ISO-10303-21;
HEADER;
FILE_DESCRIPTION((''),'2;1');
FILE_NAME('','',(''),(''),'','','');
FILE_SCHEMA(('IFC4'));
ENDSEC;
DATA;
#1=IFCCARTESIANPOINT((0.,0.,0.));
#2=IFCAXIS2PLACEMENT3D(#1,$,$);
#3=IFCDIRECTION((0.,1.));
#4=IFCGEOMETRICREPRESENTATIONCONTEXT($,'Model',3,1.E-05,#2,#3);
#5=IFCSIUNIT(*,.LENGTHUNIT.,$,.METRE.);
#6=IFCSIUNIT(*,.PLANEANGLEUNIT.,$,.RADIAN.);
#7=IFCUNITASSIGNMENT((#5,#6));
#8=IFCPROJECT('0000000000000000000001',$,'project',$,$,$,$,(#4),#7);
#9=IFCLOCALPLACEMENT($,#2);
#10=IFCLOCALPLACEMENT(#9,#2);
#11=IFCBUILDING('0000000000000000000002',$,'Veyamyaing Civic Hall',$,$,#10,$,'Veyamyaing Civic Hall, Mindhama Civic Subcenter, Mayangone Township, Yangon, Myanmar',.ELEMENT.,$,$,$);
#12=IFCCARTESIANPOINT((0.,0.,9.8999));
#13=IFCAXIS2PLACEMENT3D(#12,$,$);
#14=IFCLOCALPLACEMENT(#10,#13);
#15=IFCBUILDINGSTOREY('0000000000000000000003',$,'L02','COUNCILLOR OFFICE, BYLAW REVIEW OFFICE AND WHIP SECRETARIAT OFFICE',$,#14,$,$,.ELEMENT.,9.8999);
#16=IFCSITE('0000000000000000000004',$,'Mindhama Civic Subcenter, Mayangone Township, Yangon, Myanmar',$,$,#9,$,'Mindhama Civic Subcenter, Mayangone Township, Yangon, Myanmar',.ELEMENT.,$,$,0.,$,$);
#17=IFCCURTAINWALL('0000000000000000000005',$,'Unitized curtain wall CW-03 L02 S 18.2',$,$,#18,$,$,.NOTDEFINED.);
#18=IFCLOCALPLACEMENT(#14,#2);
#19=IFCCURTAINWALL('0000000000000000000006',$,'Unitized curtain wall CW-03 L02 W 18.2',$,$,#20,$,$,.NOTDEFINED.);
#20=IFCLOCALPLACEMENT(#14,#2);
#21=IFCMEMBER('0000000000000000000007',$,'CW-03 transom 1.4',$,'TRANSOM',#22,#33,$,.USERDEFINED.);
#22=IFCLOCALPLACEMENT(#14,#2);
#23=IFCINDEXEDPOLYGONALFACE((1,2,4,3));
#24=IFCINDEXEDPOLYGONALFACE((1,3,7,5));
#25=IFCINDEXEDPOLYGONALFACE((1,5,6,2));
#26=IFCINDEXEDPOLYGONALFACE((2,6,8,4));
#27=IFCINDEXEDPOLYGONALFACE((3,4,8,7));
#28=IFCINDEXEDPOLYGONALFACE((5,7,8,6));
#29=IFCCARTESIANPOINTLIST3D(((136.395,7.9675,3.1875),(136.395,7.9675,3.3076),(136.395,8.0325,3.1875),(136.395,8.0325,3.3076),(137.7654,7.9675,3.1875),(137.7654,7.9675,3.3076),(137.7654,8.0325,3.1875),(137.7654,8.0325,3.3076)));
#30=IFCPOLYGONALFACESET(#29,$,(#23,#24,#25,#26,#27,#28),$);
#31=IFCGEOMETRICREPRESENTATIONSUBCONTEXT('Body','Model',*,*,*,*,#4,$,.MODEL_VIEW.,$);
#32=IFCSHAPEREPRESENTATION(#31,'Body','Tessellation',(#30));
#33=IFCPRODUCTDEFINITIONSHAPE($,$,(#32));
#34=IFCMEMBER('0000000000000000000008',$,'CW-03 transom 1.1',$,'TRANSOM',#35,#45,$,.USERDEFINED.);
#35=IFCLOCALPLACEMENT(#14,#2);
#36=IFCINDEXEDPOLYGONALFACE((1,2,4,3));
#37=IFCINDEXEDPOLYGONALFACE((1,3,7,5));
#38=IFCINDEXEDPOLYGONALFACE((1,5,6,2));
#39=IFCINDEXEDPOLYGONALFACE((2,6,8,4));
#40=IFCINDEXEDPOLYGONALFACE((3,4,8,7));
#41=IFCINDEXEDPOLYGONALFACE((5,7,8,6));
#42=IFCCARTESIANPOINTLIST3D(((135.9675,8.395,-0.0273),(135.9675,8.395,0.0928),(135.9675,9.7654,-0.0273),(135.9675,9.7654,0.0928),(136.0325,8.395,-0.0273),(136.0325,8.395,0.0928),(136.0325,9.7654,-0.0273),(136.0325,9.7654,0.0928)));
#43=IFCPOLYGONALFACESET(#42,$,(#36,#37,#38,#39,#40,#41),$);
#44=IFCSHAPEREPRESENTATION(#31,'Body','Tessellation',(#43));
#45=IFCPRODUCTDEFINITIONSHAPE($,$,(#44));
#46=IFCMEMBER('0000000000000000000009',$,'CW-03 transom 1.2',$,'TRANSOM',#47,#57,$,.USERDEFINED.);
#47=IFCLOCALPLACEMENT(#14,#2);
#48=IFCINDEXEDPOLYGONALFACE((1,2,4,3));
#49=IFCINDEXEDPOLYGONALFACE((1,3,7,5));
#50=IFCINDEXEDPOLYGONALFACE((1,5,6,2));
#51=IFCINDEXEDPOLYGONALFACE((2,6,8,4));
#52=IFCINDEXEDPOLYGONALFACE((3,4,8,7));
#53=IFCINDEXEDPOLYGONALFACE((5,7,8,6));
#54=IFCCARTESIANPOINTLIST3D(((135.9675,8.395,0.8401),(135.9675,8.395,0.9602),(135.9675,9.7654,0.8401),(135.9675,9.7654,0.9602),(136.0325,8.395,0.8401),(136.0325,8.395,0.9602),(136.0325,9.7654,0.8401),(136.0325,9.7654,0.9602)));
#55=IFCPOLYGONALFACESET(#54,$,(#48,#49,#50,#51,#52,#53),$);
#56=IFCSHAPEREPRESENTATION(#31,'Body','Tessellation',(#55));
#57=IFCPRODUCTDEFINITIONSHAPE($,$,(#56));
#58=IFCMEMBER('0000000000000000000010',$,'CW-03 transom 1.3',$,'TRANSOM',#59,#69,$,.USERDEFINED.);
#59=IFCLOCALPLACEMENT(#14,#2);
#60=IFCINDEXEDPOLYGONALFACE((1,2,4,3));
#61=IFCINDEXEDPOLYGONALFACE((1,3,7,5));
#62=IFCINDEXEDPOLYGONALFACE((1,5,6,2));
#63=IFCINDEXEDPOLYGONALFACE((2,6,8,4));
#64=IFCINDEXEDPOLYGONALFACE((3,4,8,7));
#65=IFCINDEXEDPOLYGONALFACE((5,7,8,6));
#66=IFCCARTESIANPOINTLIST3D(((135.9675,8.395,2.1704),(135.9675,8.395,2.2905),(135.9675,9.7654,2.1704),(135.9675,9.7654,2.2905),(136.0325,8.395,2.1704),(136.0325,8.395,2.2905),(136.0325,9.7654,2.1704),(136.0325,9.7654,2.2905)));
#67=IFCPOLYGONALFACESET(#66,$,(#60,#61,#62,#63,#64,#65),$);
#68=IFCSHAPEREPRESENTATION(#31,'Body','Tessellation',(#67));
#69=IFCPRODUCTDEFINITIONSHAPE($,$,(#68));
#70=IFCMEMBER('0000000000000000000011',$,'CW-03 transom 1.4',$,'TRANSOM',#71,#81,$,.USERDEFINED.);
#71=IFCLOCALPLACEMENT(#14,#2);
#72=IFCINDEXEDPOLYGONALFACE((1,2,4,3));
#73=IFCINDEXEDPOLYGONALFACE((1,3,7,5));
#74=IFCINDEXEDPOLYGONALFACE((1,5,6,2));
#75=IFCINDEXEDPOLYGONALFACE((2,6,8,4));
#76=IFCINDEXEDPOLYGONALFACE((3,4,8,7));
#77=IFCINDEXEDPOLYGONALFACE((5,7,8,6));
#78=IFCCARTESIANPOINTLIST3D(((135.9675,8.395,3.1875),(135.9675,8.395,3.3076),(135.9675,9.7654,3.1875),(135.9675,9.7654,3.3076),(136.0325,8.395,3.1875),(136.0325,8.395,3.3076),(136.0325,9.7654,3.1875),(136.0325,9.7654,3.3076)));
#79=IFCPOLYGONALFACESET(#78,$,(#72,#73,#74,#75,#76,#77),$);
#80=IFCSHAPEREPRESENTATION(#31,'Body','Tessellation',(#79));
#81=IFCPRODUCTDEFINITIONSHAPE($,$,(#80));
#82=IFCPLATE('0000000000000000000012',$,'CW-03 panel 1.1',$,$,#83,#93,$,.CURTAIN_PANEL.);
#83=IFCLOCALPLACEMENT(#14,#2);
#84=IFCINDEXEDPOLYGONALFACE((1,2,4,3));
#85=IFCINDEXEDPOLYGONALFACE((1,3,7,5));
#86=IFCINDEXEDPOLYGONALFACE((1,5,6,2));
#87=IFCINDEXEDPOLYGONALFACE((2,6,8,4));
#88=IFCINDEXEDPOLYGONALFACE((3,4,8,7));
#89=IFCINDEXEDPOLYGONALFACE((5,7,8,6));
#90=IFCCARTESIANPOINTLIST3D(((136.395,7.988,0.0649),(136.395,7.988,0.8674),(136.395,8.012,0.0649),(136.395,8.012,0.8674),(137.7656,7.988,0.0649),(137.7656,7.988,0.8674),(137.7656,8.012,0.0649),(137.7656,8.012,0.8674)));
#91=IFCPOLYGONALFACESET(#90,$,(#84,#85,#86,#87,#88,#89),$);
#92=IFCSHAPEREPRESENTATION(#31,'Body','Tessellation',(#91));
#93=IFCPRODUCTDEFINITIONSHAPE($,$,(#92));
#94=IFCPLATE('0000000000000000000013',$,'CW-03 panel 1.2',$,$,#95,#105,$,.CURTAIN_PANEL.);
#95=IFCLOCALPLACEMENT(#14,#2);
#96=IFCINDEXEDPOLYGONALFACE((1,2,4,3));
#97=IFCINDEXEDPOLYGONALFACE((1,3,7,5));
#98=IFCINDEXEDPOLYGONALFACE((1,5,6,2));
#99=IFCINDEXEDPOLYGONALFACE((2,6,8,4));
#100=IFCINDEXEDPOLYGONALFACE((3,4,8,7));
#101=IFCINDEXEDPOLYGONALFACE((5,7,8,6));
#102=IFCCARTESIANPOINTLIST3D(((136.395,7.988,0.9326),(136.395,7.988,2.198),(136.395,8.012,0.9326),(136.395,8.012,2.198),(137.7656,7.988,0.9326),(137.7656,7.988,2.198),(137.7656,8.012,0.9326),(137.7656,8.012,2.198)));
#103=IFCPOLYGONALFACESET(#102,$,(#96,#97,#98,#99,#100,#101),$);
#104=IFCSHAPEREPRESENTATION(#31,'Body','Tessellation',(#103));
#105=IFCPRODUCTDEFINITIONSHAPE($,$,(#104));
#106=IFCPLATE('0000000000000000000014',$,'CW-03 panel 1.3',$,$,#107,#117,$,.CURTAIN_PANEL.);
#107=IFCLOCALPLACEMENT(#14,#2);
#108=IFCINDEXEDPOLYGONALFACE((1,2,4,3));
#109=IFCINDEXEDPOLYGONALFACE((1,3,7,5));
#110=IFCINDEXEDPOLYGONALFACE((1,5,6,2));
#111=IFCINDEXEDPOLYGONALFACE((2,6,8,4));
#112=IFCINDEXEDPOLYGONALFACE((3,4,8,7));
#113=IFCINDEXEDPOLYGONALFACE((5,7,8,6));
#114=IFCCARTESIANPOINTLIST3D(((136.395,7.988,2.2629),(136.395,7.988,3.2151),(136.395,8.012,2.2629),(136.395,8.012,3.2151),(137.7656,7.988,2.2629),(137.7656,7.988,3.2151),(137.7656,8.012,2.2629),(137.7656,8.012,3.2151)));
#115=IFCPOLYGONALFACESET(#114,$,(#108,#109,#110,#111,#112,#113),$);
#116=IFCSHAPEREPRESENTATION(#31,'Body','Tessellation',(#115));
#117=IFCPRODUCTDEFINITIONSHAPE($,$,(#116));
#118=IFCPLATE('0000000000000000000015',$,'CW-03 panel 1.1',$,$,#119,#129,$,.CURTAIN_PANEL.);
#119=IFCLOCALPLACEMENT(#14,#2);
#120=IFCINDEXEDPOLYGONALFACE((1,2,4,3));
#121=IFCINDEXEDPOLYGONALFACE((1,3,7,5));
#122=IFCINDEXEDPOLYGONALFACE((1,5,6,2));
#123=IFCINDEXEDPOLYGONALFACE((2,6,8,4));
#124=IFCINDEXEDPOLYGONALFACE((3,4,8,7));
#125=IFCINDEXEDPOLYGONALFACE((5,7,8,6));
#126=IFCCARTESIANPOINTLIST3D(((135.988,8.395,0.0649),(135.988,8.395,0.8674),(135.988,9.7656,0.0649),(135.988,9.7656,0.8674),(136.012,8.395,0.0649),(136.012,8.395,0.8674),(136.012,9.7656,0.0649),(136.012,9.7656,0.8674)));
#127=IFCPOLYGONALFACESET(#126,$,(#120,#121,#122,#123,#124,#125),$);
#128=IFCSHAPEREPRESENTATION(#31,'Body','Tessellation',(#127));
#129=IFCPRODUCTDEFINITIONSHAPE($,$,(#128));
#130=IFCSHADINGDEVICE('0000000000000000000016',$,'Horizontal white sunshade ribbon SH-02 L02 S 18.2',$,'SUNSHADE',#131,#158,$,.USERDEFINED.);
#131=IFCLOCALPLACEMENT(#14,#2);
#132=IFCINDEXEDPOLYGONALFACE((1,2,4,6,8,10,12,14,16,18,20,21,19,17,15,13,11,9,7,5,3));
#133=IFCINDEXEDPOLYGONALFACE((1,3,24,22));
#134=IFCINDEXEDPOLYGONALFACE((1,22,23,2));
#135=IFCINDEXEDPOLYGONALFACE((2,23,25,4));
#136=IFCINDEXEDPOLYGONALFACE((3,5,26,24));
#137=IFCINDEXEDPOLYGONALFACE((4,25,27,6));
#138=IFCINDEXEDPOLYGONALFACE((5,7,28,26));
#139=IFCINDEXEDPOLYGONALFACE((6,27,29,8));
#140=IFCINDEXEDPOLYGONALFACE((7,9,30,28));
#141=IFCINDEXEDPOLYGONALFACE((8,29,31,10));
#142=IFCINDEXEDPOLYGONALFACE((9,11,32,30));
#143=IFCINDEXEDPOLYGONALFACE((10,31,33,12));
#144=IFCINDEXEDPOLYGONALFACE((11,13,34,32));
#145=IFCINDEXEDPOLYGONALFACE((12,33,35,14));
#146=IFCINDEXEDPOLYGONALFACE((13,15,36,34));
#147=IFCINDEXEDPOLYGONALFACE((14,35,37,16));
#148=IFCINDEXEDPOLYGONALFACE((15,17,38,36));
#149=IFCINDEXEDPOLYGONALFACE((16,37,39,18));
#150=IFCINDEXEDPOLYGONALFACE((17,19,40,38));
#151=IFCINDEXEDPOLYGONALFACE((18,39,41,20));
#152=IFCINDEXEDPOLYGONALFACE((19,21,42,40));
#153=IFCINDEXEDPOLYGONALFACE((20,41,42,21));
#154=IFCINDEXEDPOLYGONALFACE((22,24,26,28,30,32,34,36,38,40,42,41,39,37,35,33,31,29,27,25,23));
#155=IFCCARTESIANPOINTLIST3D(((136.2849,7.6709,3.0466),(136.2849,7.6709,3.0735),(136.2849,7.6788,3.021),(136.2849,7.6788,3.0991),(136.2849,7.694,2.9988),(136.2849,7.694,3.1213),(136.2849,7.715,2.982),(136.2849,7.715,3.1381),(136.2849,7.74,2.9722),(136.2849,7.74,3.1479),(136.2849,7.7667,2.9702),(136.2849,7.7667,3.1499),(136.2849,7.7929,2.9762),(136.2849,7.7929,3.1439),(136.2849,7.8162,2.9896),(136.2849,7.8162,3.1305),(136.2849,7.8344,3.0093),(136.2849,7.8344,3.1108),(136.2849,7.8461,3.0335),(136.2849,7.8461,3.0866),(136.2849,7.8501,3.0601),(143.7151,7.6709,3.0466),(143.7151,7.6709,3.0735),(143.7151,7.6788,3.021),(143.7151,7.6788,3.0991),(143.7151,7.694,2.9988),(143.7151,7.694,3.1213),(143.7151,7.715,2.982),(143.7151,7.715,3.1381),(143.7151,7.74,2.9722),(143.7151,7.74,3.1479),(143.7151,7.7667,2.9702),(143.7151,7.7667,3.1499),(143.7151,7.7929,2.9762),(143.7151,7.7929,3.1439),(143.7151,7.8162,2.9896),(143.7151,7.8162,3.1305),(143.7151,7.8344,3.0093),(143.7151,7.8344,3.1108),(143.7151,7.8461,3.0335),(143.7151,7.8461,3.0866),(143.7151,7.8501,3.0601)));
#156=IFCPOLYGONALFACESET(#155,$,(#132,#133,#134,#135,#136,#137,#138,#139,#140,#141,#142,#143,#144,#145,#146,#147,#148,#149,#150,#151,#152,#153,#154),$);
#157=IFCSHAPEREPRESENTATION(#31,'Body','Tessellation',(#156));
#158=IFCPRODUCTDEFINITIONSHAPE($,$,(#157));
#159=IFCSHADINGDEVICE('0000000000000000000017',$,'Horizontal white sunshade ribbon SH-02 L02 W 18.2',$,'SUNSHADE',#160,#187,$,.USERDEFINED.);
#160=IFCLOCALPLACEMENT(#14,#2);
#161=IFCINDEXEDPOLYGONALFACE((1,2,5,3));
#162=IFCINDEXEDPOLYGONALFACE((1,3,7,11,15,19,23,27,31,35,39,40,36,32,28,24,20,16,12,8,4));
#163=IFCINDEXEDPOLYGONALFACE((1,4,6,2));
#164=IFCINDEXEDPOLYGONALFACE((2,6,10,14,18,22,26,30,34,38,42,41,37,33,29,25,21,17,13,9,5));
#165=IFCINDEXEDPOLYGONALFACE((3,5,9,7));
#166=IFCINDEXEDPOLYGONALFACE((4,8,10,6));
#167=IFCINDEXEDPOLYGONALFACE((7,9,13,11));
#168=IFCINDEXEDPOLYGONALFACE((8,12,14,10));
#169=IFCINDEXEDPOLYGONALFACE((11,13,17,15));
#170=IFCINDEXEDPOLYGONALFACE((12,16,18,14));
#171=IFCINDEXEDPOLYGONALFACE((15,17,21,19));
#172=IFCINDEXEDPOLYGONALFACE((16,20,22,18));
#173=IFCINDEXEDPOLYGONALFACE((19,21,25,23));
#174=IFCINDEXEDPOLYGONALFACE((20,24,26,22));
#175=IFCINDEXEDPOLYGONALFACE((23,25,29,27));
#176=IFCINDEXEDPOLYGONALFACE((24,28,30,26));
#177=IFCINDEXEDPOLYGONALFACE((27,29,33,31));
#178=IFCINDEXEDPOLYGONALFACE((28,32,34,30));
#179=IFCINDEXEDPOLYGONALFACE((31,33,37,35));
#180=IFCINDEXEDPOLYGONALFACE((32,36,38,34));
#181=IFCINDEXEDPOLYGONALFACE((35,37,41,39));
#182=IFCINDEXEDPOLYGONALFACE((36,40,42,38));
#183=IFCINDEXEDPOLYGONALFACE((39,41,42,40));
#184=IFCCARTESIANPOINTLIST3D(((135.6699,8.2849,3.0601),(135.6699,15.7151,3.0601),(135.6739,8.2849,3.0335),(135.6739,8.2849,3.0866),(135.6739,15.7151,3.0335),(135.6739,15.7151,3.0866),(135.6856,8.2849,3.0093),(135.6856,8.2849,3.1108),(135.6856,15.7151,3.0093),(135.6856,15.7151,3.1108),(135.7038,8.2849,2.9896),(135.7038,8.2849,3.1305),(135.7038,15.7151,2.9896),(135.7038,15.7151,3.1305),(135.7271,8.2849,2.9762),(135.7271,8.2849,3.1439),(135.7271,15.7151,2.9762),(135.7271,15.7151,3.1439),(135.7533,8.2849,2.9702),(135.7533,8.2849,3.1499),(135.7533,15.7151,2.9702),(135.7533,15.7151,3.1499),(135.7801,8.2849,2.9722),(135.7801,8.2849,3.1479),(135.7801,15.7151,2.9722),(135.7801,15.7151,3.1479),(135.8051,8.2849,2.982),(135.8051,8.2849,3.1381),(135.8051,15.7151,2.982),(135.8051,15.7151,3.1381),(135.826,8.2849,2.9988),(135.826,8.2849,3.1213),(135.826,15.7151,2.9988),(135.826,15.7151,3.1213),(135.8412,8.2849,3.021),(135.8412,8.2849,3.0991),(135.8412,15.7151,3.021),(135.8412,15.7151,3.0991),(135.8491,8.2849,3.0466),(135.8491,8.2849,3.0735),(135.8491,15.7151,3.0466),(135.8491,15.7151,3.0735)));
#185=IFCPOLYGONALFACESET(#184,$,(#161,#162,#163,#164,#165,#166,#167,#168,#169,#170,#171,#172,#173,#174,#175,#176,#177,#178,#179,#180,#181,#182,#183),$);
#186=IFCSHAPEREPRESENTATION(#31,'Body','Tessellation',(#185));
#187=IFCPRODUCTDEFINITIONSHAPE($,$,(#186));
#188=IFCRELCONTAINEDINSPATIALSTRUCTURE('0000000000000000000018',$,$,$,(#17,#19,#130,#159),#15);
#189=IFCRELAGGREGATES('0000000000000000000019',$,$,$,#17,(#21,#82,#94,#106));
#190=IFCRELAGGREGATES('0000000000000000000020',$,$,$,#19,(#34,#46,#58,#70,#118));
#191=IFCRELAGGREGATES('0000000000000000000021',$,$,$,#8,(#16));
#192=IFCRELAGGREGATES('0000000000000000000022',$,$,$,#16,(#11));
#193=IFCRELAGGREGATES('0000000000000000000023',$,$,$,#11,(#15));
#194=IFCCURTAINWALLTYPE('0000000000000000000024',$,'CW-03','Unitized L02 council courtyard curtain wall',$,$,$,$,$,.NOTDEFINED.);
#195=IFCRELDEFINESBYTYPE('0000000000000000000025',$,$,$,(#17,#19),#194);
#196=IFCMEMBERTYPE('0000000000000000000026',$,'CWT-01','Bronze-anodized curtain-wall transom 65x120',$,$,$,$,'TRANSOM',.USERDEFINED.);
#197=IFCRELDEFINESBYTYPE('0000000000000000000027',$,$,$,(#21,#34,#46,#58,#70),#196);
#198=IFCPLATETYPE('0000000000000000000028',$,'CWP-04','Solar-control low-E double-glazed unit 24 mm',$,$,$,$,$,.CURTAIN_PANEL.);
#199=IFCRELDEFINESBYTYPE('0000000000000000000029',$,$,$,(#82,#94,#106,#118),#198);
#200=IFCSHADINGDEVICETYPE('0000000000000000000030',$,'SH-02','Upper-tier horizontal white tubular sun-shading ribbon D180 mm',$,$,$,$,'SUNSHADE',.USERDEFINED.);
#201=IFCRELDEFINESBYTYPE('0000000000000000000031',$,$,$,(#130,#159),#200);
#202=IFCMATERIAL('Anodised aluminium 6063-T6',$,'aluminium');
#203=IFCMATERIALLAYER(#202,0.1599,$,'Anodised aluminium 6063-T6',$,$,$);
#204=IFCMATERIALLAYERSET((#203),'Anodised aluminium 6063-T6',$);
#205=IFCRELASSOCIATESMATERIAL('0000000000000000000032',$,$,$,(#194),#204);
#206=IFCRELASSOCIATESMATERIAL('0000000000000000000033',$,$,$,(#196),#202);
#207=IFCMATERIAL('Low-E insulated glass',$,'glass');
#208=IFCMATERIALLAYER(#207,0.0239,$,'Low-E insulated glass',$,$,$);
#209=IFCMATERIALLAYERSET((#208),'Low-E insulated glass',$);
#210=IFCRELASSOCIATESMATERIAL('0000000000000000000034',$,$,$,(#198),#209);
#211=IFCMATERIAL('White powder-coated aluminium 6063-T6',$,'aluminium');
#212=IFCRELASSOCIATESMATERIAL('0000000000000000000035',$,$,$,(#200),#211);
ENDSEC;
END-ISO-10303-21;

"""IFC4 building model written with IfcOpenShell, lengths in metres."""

from ifc_helpers import new_model, si_unit, direction, frame, origin, origin_2d, place, context, subcontext, project, spatial, rectangle, circle, extrude, material, layer, layer_set, material_profile, profile_set, type_object, element, aggregate, save


model = new_model("IFC4")

# Units and contexts
model_context = context("Model", 3, precision=1e-05, world=origin(), true_north=direction((0.0, 1.0)))
body_context = subcontext(model_context, "Body", "Model", "MODEL_VIEW")
ifc_project = project(units=[si_unit("LENGTHUNIT", "METRE"), si_unit("PLANEANGLEUNIT", "RADIAN")], contexts=[model_context])

# Site, building, storey
site_placement = place(None, origin())
site = spatial("IfcSite", under=ifc_project, at=site_placement, Name="Mindhama Civic Subcenter, Mayangone Township, Yangon, Myanmar", LongName="Mindhama Civic Subcenter, Mayangone Township, Yangon, Myanmar", CompositionType="ELEMENT", RefElevation=0.0)
building_placement = place(site_placement, origin())
building = spatial("IfcBuilding", under=site, at=building_placement, Name="Veyamyaing Civic Hall", LongName="Veyamyaing Civic Hall, Mindhama Civic Subcenter, Mayangone Township, Yangon, Myanmar", CompositionType="ELEMENT")
storey_placement = place(building_placement, frame((0.0, 0.0, 9.8999)))
storey = spatial("IfcBuildingStorey", under=building, at=storey_placement, Name="L02", Description="COUNCILLOR OFFICE, BYLAW REVIEW OFFICE AND WHIP SECRETARIAT OFFICE", CompositionType="ELEMENT", Elevation=9.8999)

# Curtain wall
ifc_material_1 = material(Name="Anodised aluminium 6063-T6", Category="aluminium")
ifc_layer_1 = layer(ifc_material_1, 0.1599, Name="Anodised aluminium 6063-T6")
ifc_layer_set_1 = layer_set([ifc_layer_1], Name="Anodised aluminium 6063-T6")
curtain_wall_type = type_object("IfcCurtainWallType", Name="CW-03", Description="Unitized L02 council courtyard curtain wall", PredefinedType="NOTDEFINED", material=ifc_layer_set_1)
curtain_wall_1_placement = place(storey_placement, origin())
curtain_wall_1 = element("IfcCurtainWall", 1, at=curtain_wall_1_placement, inside=storey, type_object=curtain_wall_type, Name="Unitized curtain wall CW-03 L02 S 18.2", PredefinedType="NOTDEFINED")

# Curtain wall
curtain_wall_2_placement = place(storey_placement, origin())
curtain_wall_2 = element("IfcCurtainWall", 2, at=curtain_wall_2_placement, inside=storey, type_object=curtain_wall_type, Name="Unitized curtain wall CW-03 L02 W 18.2", PredefinedType="NOTDEFINED")

# Members
ifc_material_profile_1 = material_profile(ifc_material_1, rectangle(XDim=0.0649, YDim=0.1201, at=origin_2d()), Name="ALU-TRN-65X120")
ifc_profile_set_1 = profile_set([ifc_material_profile_1], Name="Anodised aluminium 6063-T6")
member_type_1 = type_object("IfcMemberType", Name="CWT-01", Description="Bronze-anodized curtain-wall transom 65x120", ElementType="TRANSOM", PredefinedType="USERDEFINED", material=ifc_profile_set_1)
member_1_placement = place(storey_placement, frame((136.395, 8.0, 3.2476), z_axis=(1.0, 0.0, 0.0), x_axis=(0.0, 1.0, 0.0)))
member_1 = element("IfcMember", 3, at=member_1_placement, type_object=member_type_1, Name="CW-03 transom 1.4", ObjectType="TRANSOM", PredefinedType="USERDEFINED", context=body_context, shape_type="SweptSolid", body=[
    extrude(rectangle(XDim=0.0649, YDim=0.1201, at=origin_2d()), origin(), (0.0, 0.0, 1.0), 1.3704),
])
member_2_placement = place(storey_placement, frame((136.0, 8.395, 0.0327), z_axis=(0.0, 1.0, 0.0), x_axis=(-1.0, 0.0, 0.0)))
member_2 = element("IfcMember", 4, at=member_2_placement, type_object=member_type_1, Name="CW-03 transom 1.1", ObjectType="TRANSOM", PredefinedType="USERDEFINED", context=body_context, shape_type="SweptSolid", body=[
    extrude(rectangle(XDim=0.0649, YDim=0.1201, at=origin_2d()), origin(), (0.0, 0.0, 1.0), 1.3704),
])
member_3_placement = place(storey_placement, frame((136.0, 8.395, 0.9001), z_axis=(0.0, 1.0, 0.0), x_axis=(-1.0, 0.0, 0.0)))
member_3 = element("IfcMember", 5, at=member_3_placement, type_object=member_type_1, Name="CW-03 transom 1.2", ObjectType="TRANSOM", PredefinedType="USERDEFINED", context=body_context, shape_type="SweptSolid", body=[
    extrude(rectangle(XDim=0.0649, YDim=0.1201, at=origin_2d()), origin(), (0.0, 0.0, 1.0), 1.3704),
])
member_4_placement = place(storey_placement, frame((136.0, 8.395, 2.2305), z_axis=(0.0, 1.0, 0.0), x_axis=(-1.0, 0.0, 0.0)))
member_4 = element("IfcMember", 6, at=member_4_placement, type_object=member_type_1, Name="CW-03 transom 1.3", ObjectType="TRANSOM", PredefinedType="USERDEFINED", context=body_context, shape_type="SweptSolid", body=[
    extrude(rectangle(XDim=0.0649, YDim=0.1201, at=origin_2d()), origin(), (0.0, 0.0, 1.0), 1.3704),
])
member_5_placement = place(storey_placement, frame((136.0, 8.395, 3.2476), z_axis=(0.0, 1.0, 0.0), x_axis=(-1.0, 0.0, 0.0)))
member_5 = element("IfcMember", 7, at=member_5_placement, type_object=member_type_1, Name="CW-03 transom 1.4", ObjectType="TRANSOM", PredefinedType="USERDEFINED", context=body_context, shape_type="SweptSolid", body=[
    extrude(rectangle(XDim=0.0649, YDim=0.1201, at=origin_2d()), origin(), (0.0, 0.0, 1.0), 1.3704),
])

# Plates
ifc_material_2 = material(Name="Low-E insulated glass", Category="glass")
ifc_layer_2 = layer(ifc_material_2, 0.0239, Name="Low-E insulated glass")
ifc_layer_set_2 = layer_set([ifc_layer_2], Name="Low-E insulated glass")
plate_type = type_object("IfcPlateType", Name="CWP-04", Description="Solar-control low-E double-glazed unit 24 mm", PredefinedType="CURTAIN_PANEL", material=ifc_layer_set_2)
plate_1_placement = place(storey_placement, frame((137.0803, 8.0, 0.0649), z_axis=(0.0, 0.0, 1.0), x_axis=(1.0, 0.0, 0.0)))
plate_1 = element("IfcPlate", 8, at=plate_1_placement, type_object=plate_type, Name="CW-03 panel 1.1", PredefinedType="CURTAIN_PANEL", context=body_context, shape_type="SweptSolid", body=[
    extrude(rectangle(XDim=1.3706, YDim=0.0239, at=origin_2d()), origin(), (0.0, 0.0, 1.0), 0.8025),
])
plate_2_placement = place(storey_placement, frame((137.0803, 8.0, 0.9326), z_axis=(0.0, 0.0, 1.0), x_axis=(1.0, 0.0, 0.0)))
plate_2 = element("IfcPlate", 9, at=plate_2_placement, type_object=plate_type, Name="CW-03 panel 1.2", PredefinedType="CURTAIN_PANEL", context=body_context, shape_type="SweptSolid", body=[
    extrude(rectangle(XDim=1.3706, YDim=0.0239, at=origin_2d()), origin(), (0.0, 0.0, 1.0), 1.2654),
])
plate_3_placement = place(storey_placement, frame((137.0803, 8.0, 2.2629), z_axis=(0.0, 0.0, 1.0), x_axis=(1.0, 0.0, 0.0)))
plate_3 = element("IfcPlate", 10, at=plate_3_placement, type_object=plate_type, Name="CW-03 panel 1.3", PredefinedType="CURTAIN_PANEL", context=body_context, shape_type="SweptSolid", body=[
    extrude(rectangle(XDim=1.3706, YDim=0.0239, at=origin_2d()), origin(), (0.0, 0.0, 1.0), 0.9521),
])
aggregate(curtain_wall_1, [member_1, plate_1, plate_2, plate_3])
plate_4_placement = place(storey_placement, frame((136.0, 9.0803, 0.0649), z_axis=(0.0, 0.0, 1.0), x_axis=(0.0, 1.0, 0.0)))
plate_4 = element("IfcPlate", 11, at=plate_4_placement, type_object=plate_type, Name="CW-03 panel 1.1", PredefinedType="CURTAIN_PANEL", context=body_context, shape_type="SweptSolid", body=[
    extrude(rectangle(XDim=1.3706, YDim=0.0239, at=origin_2d()), origin(), (0.0, 0.0, 1.0), 0.8025),
])
aggregate(curtain_wall_2, [member_2, member_3, member_4, member_5, plate_4])

# Shading devices
ifc_material_3 = material(Name="White powder-coated aluminium 6063-T6", Category="aluminium")
ifc_material_profile_2 = material_profile(ifc_material_3, circle(Radius=0.0901, at=origin_2d()), Name="SHADE-TUBE-180")
ifc_profile_set_2 = profile_set([ifc_material_profile_2], Name="White powder-coated aluminium 6063-T6")
shading_device_type = type_object("IfcShadingDeviceType", Name="SH-02", Description="Upper-tier horizontal white tubular sun-shading ribbon D180 mm", ElementType="SUNSHADE", PredefinedType="USERDEFINED", material=ifc_profile_set_2)
for number, where, z_axis, x_axis, name in (
    (12, (136.2849, 7.76, 3.0601), (1.0, 0.0, 0.0), (0.0, 1.0, 0.0), "Horizontal white sunshade ribbon SH-02 L02 S 18.2"),
    (13, (135.76, 8.2849, 3.0601), (0.0, 1.0, 0.0), (-1.0, 0.0, 0.0), "Horizontal white sunshade ribbon SH-02 L02 W 18.2"),
):
    element("IfcShadingDevice", number, at=place(storey_placement, frame(where, z_axis=z_axis, x_axis=x_axis)), inside=storey, type_object=shading_device_type, Name=name, ObjectType="SUNSHADE", PredefinedType="USERDEFINED", context=body_context, shape_type="SweptSolid", body=[
        extrude(circle(Radius=0.0901, at=origin_2d()), origin(), (0.0, 0.0, 1.0), 7.4302),
    ])

save(model, "model.ifc")
